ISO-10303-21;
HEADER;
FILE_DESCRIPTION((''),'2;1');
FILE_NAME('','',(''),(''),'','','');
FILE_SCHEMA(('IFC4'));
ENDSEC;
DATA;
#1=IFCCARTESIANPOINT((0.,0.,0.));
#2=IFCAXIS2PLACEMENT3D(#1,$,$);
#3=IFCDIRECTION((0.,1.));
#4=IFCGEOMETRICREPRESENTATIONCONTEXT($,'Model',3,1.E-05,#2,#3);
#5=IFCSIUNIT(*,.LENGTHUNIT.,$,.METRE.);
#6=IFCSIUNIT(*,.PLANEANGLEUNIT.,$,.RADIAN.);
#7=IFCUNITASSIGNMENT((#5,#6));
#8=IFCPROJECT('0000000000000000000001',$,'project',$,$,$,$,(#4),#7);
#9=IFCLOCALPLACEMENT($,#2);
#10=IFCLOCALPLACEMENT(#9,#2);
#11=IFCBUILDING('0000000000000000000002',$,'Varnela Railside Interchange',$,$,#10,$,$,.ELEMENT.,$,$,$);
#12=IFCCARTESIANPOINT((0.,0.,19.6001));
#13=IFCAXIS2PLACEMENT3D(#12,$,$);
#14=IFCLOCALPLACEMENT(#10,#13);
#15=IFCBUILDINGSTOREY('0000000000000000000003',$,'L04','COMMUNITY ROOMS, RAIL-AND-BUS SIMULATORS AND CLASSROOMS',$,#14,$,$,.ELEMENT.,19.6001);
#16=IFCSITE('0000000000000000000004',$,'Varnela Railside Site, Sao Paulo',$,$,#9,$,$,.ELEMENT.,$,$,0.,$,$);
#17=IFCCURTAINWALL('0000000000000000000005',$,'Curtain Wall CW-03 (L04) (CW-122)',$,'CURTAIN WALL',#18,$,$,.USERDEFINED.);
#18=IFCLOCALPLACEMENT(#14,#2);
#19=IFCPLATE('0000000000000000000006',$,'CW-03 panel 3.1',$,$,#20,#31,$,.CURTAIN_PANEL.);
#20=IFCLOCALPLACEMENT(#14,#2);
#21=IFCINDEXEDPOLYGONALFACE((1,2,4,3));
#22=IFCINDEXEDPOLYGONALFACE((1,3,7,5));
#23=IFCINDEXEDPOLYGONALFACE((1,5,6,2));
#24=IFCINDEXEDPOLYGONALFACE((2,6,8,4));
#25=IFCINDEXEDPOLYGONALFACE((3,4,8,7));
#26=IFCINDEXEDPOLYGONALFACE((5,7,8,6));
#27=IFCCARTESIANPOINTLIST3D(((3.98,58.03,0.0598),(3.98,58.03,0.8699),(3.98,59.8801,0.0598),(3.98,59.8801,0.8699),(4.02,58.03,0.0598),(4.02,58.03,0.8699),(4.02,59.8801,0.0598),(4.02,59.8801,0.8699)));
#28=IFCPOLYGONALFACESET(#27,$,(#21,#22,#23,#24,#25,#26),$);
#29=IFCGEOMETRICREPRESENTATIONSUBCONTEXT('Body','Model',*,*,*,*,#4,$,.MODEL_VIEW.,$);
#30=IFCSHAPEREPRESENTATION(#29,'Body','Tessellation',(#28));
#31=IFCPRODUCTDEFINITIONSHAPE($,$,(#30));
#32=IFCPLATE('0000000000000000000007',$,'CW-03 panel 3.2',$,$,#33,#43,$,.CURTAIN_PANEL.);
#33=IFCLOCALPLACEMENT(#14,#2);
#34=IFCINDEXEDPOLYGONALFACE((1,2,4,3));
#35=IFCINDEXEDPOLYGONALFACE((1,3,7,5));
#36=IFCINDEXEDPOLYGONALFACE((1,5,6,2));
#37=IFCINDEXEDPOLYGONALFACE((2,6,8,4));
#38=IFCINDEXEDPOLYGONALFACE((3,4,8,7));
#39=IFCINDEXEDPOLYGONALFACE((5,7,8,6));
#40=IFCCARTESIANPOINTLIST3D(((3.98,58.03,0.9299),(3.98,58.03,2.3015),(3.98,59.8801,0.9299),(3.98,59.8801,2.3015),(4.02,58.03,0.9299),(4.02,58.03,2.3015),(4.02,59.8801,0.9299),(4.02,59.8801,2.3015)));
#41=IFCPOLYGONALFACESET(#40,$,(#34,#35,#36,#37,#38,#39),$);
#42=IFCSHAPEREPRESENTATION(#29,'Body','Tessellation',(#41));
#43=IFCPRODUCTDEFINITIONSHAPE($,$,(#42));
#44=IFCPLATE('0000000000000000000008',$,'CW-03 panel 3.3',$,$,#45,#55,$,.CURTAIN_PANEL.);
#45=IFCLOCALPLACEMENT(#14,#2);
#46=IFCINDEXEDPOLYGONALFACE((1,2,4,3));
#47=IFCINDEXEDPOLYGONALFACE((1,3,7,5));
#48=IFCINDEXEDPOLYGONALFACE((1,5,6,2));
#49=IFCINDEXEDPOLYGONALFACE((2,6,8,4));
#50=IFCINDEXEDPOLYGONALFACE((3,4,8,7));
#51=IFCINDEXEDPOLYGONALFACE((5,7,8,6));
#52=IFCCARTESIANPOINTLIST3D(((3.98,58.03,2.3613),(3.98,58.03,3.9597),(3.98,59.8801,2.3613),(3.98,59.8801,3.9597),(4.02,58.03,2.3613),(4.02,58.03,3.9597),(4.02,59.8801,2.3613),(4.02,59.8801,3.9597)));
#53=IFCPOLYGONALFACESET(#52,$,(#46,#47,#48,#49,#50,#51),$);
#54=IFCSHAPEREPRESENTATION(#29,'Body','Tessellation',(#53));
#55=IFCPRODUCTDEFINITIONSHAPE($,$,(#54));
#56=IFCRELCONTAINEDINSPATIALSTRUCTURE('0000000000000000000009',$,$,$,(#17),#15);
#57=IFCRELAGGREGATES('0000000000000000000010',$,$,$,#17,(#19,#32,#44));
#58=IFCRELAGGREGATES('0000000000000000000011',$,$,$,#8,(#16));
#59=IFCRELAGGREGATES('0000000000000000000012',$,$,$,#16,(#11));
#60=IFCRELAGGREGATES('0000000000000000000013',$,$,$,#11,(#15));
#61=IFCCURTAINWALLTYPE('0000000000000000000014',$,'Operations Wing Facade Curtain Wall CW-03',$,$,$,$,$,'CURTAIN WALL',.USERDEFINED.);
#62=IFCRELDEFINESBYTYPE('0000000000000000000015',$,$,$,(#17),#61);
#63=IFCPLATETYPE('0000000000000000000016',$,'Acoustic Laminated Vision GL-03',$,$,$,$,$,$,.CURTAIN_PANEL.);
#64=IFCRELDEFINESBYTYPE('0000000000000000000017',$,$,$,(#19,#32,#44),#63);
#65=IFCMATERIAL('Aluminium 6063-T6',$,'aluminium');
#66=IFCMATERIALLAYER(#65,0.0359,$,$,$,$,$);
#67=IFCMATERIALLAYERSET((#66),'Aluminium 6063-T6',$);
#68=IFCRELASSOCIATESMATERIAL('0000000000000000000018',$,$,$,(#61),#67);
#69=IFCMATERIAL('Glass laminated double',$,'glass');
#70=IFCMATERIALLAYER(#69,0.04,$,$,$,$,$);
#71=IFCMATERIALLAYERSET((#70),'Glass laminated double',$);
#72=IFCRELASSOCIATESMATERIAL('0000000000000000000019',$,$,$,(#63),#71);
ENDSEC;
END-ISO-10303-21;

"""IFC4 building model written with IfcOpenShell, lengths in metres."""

from ifc_helpers import new_model, si_unit, direction, frame, origin, origin_2d, place, context, subcontext, project, spatial, rectangle, extrude, material, layer, layer_set, type_object, element, aggregate, save


model = new_model("IFC4")

# Units and contexts
model_context = context("Model", 3, precision=1e-05, world=origin(), true_north=direction((0.0, 1.0)))
body_context = subcontext(model_context, "Body", "Model", "MODEL_VIEW")
ifc_project = project(units=[si_unit("LENGTHUNIT", "METRE"), si_unit("PLANEANGLEUNIT", "RADIAN")], contexts=[model_context])

# Site, building, storey
site_placement = place(None, origin())
site = spatial("IfcSite", under=ifc_project, at=site_placement, Name="Varnela Railside Site, Sao Paulo", CompositionType="ELEMENT", RefElevation=0.0)
building_placement = place(site_placement, origin())
building = spatial("IfcBuilding", under=site, at=building_placement, Name="Varnela Railside Interchange", CompositionType="ELEMENT")
storey_placement = place(building_placement, frame((0.0, 0.0, 19.6001)))
storey = spatial("IfcBuildingStorey", under=building, at=storey_placement, Name="L04", Description="COMMUNITY ROOMS, RAIL-AND-BUS SIMULATORS AND CLASSROOMS", CompositionType="ELEMENT", Elevation=19.6001)

# Curtain wall, plates
ifc_material_1 = material(Name="Aluminium 6063-T6", Category="aluminium")
ifc_layer_1 = layer(ifc_material_1, 0.0359)
ifc_layer_set_1 = layer_set([ifc_layer_1], Name="Aluminium 6063-T6")
curtain_wall_type = type_object("IfcCurtainWallType", Name="Operations Wing Facade Curtain Wall CW-03", ElementType="CURTAIN WALL", PredefinedType="USERDEFINED", material=ifc_layer_set_1)
curtain_wall_placement = place(storey_placement, origin())
curtain_wall = element("IfcCurtainWall", 1, at=curtain_wall_placement, inside=storey, type_object=curtain_wall_type, Name="Curtain Wall CW-03 (L04) (CW-122)", ObjectType="CURTAIN WALL", PredefinedType="USERDEFINED")
ifc_material_2 = material(Name="Glass laminated double", Category="glass")
ifc_layer_2 = layer(ifc_material_2, 0.04)
ifc_layer_set_2 = layer_set([ifc_layer_2], Name="Glass laminated double")
plate_type = type_object("IfcPlateType", Name="Acoustic Laminated Vision GL-03", PredefinedType="CURTAIN_PANEL", material=ifc_layer_set_2)
plate_1_placement = place(storey_placement, frame((4.0, 58.9551, 0.0598), z_axis=(0.0, 0.0, 1.0), x_axis=(0.0, 1.0, 0.0)))
plate_1 = element("IfcPlate", 2, at=plate_1_placement, type_object=plate_type, Name="CW-03 panel 3.1", PredefinedType="CURTAIN_PANEL", context=body_context, shape_type="SweptSolid", body=[
    extrude(rectangle(XDim=1.8501, YDim=0.04, at=origin_2d()), origin(), (0.0, 0.0, 1.0), 0.8101),
])
plate_2_placement = place(storey_placement, frame((4.0, 58.9551, 0.9299), z_axis=(0.0, 0.0, 1.0), x_axis=(0.0, 1.0, 0.0)))
plate_2 = element("IfcPlate", 3, at=plate_2_placement, type_object=plate_type, Name="CW-03 panel 3.2", PredefinedType="CURTAIN_PANEL", context=body_context, shape_type="SweptSolid", body=[
    extrude(rectangle(XDim=1.8501, YDim=0.04, at=origin_2d()), origin(), (0.0, 0.0, 1.0), 1.3716),
])
plate_3_placement = place(storey_placement, frame((4.0, 58.9551, 2.3613), z_axis=(0.0, 0.0, 1.0), x_axis=(0.0, 1.0, 0.0)))
plate_3 = element("IfcPlate", 4, at=plate_3_placement, type_object=plate_type, Name="CW-03 panel 3.3", PredefinedType="CURTAIN_PANEL", context=body_context, shape_type="SweptSolid", body=[
    extrude(rectangle(XDim=1.8501, YDim=0.04, at=origin_2d()), origin(), (0.0, 0.0, 1.0), 1.5984),
])
aggregate(curtain_wall, [plate_1, plate_2, plate_3])

save(model, "model.ifc")
